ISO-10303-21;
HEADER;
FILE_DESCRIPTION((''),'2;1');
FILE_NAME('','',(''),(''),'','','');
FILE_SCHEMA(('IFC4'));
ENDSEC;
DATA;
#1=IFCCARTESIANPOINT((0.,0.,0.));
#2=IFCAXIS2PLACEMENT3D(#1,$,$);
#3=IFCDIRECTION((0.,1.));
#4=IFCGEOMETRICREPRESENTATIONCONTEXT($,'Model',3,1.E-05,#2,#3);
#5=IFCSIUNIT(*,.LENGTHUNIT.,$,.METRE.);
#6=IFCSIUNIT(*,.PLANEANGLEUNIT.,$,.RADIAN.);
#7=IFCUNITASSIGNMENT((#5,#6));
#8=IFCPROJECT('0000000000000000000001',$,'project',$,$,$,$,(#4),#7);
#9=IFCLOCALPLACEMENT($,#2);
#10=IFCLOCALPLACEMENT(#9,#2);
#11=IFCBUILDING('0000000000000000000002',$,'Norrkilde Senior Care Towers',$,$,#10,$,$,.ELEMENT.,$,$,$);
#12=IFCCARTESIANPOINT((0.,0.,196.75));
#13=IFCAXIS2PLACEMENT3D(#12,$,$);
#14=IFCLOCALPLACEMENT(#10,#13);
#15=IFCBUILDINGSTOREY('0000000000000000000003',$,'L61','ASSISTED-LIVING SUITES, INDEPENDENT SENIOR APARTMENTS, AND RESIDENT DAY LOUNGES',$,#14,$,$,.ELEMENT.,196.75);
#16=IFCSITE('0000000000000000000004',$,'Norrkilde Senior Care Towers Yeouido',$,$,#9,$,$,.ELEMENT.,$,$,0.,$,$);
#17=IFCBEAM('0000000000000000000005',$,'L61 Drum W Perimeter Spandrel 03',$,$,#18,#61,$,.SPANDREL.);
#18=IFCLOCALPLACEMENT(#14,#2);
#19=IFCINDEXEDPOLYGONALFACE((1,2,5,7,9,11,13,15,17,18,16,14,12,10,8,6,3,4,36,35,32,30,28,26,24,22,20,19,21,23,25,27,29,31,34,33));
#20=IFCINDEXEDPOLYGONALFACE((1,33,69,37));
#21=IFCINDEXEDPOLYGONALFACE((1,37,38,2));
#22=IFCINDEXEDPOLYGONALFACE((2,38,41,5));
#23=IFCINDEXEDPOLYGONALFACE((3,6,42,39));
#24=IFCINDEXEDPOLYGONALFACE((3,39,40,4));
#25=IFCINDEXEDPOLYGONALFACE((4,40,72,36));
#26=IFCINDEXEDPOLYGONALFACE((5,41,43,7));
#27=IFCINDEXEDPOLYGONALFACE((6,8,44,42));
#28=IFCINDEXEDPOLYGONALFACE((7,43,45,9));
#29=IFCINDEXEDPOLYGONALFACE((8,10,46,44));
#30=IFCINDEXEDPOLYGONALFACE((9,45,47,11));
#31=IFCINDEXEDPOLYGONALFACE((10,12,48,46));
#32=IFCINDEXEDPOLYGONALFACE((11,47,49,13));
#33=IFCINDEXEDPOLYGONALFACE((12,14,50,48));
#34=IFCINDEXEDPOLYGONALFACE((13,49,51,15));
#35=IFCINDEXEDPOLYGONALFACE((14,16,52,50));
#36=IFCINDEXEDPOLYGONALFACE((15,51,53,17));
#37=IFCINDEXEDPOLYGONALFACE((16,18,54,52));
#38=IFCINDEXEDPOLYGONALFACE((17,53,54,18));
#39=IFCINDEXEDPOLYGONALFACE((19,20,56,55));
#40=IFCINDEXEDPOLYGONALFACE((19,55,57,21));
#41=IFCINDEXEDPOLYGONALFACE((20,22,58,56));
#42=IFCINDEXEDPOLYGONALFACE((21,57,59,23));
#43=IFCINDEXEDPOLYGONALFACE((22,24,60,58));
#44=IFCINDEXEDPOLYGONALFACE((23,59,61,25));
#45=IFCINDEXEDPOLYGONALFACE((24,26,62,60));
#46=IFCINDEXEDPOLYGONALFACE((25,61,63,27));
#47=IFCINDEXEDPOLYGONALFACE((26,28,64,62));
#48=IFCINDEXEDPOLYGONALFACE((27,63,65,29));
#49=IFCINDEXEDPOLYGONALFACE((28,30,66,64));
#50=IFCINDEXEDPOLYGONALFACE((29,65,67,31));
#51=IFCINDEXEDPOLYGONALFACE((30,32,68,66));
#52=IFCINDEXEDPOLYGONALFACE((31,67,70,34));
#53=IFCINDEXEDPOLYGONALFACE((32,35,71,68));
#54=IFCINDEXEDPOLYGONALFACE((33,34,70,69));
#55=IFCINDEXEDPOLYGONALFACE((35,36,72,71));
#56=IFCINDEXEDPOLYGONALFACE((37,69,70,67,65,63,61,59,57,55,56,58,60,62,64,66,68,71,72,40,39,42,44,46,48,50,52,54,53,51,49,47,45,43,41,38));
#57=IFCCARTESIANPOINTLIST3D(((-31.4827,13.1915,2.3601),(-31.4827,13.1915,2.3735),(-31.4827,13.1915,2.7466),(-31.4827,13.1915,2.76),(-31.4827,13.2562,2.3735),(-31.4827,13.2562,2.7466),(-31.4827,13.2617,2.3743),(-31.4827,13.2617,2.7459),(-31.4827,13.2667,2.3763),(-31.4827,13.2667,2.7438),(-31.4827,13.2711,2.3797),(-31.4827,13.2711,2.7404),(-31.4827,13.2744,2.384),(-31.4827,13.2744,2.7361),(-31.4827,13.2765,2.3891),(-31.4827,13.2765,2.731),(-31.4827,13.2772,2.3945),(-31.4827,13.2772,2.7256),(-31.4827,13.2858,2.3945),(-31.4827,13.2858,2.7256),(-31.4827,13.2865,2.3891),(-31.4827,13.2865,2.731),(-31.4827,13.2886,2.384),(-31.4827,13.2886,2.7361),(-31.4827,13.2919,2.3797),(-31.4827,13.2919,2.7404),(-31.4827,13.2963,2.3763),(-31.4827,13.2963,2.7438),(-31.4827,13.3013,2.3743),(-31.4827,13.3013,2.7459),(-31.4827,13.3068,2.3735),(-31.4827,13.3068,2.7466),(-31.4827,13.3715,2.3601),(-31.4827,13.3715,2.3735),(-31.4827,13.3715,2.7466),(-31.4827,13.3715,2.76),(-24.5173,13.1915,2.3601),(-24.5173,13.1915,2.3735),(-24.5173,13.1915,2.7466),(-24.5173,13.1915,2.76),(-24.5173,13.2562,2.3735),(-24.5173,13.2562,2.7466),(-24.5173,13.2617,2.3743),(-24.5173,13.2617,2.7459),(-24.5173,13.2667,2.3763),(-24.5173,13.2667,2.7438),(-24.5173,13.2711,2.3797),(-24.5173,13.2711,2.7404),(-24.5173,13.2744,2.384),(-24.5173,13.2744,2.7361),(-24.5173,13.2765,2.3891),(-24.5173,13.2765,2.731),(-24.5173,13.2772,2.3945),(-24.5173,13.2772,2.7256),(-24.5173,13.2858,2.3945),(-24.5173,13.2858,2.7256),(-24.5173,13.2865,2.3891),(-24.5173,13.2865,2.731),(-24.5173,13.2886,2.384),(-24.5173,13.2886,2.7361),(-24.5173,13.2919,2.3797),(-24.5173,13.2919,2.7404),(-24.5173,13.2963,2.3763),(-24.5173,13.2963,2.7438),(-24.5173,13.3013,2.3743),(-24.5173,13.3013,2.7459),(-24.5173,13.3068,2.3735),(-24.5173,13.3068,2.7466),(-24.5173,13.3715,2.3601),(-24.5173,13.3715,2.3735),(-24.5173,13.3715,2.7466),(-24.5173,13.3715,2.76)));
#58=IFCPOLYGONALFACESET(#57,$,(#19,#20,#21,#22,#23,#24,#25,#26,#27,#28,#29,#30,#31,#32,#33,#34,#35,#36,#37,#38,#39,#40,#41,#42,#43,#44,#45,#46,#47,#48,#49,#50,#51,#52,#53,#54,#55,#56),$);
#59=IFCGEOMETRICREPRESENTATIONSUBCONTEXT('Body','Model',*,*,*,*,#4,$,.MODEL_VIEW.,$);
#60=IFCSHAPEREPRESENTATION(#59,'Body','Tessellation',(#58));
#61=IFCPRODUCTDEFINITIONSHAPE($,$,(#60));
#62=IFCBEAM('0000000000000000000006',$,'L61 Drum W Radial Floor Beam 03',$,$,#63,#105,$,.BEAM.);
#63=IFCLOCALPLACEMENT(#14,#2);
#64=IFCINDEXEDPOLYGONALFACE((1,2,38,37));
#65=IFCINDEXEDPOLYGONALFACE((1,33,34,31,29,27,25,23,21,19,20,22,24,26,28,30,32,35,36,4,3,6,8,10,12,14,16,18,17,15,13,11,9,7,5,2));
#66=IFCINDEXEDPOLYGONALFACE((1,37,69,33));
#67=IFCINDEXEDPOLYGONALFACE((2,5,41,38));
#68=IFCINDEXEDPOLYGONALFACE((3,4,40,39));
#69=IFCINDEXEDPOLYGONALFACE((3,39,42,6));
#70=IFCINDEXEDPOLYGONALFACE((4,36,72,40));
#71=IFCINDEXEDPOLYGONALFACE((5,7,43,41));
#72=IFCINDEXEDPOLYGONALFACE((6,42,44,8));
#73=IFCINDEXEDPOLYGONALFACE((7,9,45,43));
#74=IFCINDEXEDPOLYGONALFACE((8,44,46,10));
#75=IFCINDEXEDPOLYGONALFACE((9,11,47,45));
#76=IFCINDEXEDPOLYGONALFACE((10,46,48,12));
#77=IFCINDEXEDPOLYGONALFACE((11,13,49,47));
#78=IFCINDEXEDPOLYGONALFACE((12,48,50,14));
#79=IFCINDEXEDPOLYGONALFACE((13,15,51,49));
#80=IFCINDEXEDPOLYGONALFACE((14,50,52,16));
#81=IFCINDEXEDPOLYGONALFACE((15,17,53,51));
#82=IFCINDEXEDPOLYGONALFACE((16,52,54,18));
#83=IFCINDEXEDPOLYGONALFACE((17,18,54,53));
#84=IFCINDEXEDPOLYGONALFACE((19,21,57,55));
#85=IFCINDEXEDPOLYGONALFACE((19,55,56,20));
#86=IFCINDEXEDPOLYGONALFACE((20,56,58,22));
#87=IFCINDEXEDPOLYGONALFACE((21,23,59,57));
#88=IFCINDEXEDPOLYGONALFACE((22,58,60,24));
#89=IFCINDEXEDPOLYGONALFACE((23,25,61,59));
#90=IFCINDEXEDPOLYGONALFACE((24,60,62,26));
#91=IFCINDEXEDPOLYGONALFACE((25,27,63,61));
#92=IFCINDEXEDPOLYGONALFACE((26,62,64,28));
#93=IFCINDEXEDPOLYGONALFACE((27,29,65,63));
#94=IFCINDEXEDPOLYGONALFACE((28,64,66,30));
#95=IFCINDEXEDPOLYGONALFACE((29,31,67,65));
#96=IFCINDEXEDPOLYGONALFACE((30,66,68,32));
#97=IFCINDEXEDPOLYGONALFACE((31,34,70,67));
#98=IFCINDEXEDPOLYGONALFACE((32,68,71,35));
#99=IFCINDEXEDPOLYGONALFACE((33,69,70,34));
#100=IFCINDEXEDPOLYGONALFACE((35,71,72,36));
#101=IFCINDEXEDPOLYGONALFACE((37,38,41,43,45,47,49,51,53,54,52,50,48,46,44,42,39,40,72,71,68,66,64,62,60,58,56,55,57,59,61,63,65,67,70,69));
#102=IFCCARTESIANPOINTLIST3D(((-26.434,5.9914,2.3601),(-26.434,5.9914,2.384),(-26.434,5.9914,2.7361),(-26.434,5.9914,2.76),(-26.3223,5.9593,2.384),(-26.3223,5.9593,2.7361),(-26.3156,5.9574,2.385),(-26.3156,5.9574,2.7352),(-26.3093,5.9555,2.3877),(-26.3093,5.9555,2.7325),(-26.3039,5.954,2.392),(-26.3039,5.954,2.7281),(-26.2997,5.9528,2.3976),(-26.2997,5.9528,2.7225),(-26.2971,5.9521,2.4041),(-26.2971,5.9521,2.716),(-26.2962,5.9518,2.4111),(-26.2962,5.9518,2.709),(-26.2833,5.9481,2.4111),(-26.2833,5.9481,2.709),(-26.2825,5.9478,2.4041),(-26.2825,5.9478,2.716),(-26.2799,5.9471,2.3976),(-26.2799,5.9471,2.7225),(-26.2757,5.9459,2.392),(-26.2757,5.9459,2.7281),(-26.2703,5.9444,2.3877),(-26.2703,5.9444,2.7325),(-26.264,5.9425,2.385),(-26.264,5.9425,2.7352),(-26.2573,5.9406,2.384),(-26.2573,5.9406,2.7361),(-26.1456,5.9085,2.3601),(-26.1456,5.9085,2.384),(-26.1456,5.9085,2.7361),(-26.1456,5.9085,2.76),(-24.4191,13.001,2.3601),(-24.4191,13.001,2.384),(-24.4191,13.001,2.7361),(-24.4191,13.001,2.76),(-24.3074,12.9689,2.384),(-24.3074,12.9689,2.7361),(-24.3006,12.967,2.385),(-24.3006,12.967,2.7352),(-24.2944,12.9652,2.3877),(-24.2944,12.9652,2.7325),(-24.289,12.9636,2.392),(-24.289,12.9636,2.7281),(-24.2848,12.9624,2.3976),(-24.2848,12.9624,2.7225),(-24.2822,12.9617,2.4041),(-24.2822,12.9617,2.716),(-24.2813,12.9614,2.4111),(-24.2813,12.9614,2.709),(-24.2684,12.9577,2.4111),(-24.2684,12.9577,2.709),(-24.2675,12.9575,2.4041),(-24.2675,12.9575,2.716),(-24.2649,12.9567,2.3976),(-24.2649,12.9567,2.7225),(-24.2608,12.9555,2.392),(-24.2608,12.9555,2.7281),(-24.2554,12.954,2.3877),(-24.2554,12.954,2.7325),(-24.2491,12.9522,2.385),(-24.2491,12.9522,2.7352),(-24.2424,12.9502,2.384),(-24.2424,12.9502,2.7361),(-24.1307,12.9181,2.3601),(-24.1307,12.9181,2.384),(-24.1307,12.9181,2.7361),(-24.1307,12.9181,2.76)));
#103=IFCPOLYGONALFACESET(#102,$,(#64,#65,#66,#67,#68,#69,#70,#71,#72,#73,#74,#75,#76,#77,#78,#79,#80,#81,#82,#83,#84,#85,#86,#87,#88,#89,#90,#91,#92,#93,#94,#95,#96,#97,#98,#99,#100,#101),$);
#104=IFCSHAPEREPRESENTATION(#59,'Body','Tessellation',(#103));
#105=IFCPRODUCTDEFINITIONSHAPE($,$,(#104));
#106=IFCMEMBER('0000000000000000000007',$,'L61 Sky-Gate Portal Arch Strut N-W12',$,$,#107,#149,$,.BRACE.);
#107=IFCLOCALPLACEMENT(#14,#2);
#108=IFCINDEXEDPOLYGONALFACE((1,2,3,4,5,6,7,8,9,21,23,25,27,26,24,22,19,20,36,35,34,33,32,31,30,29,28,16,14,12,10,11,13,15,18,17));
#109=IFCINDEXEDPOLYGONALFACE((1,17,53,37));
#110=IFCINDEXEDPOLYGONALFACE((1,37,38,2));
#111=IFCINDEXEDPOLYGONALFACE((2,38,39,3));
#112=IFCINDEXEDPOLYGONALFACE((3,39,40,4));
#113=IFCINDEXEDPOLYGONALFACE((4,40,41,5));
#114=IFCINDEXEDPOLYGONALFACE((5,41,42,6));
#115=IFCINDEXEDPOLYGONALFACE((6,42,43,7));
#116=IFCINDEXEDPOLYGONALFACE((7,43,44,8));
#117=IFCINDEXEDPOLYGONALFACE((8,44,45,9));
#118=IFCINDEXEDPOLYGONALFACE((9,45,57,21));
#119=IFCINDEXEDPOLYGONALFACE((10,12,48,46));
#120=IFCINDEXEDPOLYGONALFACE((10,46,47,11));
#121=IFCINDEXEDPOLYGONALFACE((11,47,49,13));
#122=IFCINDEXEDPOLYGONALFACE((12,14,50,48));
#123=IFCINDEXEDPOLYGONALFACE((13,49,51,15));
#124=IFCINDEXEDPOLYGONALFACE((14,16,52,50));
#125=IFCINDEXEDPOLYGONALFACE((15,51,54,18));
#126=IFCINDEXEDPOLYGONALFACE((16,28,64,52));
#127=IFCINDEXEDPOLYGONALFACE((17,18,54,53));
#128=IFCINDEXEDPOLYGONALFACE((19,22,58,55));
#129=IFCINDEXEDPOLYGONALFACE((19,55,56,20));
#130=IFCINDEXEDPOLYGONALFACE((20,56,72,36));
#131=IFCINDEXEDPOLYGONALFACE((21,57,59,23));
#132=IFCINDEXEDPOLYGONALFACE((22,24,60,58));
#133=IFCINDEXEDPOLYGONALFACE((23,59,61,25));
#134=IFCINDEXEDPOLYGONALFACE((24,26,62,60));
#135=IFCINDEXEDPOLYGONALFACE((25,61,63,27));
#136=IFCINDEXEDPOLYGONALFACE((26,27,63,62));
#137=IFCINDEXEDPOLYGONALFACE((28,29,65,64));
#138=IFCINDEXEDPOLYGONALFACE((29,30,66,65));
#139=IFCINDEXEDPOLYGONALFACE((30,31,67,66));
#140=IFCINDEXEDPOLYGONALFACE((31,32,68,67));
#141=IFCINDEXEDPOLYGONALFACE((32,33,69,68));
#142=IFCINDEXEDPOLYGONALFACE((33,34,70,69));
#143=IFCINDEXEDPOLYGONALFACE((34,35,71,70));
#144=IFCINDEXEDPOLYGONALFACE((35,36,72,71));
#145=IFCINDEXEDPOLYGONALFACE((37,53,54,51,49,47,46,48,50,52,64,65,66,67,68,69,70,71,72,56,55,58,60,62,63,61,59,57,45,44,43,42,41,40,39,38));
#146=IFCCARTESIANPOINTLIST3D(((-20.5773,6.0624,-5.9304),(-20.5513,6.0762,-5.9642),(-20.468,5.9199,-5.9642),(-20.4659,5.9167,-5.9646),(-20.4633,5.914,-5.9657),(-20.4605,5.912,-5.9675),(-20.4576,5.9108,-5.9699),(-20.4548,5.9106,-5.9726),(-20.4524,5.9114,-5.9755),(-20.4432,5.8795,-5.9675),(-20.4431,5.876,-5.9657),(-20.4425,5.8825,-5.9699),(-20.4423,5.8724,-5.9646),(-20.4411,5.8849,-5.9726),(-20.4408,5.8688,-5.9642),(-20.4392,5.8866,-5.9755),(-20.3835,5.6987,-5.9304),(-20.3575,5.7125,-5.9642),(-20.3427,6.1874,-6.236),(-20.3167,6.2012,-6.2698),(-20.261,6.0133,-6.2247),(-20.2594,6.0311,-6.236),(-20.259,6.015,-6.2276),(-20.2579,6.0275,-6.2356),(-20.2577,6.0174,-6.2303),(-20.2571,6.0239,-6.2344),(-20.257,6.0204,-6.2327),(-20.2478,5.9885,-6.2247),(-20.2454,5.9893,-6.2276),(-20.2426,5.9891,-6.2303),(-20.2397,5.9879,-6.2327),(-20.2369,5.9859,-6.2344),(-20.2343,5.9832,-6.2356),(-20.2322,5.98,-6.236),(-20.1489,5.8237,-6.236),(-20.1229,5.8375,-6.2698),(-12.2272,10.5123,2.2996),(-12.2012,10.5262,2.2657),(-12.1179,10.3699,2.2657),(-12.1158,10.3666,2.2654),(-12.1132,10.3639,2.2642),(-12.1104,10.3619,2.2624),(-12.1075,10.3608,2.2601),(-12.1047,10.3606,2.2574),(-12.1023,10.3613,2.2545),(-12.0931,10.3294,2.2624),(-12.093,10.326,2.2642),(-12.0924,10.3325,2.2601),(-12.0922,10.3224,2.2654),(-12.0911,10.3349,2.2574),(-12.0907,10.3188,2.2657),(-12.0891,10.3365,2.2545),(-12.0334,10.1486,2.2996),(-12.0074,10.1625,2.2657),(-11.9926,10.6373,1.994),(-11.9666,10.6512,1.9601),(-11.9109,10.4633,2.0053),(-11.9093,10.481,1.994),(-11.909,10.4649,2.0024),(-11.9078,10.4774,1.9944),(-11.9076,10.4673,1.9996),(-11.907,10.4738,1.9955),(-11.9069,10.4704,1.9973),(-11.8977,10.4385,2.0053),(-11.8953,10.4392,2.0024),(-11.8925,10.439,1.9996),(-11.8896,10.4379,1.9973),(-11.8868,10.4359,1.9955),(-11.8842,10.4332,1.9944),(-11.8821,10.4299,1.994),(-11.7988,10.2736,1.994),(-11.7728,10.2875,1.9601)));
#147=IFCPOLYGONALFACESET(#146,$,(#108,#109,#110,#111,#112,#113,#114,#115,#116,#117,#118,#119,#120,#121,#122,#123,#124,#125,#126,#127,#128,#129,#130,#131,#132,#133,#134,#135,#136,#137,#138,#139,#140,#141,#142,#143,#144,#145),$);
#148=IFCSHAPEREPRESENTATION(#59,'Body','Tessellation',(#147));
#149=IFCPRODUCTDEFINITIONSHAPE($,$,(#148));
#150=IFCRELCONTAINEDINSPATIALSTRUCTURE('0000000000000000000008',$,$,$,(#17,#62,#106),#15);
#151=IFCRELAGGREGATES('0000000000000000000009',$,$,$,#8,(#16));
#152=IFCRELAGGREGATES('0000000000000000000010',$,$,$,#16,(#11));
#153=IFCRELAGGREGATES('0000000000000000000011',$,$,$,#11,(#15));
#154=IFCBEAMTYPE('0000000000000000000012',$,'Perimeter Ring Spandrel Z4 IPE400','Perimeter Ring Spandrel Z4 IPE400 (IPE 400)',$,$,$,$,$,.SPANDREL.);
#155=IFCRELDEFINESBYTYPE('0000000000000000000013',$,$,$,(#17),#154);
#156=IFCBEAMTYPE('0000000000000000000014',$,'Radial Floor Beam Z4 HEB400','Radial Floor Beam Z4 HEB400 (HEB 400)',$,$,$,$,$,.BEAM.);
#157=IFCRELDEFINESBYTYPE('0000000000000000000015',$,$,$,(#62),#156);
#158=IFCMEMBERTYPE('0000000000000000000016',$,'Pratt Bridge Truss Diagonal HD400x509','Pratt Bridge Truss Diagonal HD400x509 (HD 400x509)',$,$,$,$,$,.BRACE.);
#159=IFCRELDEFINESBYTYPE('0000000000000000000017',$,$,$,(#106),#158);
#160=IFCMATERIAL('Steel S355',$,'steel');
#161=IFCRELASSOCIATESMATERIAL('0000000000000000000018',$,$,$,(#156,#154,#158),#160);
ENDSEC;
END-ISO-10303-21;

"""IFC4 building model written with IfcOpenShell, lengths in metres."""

from ifc_helpers import new_model, si_unit, direction, frame, origin, origin_2d, place, context, subcontext, project, spatial, i_section, extrude, source, transform, mapped, material, material_profile, profile_set, type_object, type_shapes, element, save


model = new_model("IFC4")

# Units and contexts
model_context = context("Model", 3, precision=1e-05, world=origin(), true_north=direction((0.0, 1.0)))
body_context = subcontext(model_context, "Body", "Model", "MODEL_VIEW")
ifc_project = project(units=[si_unit("LENGTHUNIT", "METRE"), si_unit("PLANEANGLEUNIT", "RADIAN")], contexts=[model_context])

# Site, building, storey
site_placement = place(None, origin())
site = spatial("IfcSite", under=ifc_project, at=site_placement, Name="Norrkilde Senior Care Towers Yeouido", CompositionType="ELEMENT", RefElevation=0.0)
building_placement = place(site_placement, origin())
building = spatial("IfcBuilding", under=site, at=building_placement, Name="Norrkilde Senior Care Towers", CompositionType="ELEMENT")
storey_placement = place(building_placement, frame((0.0, 0.0, 196.75)))
storey = spatial("IfcBuildingStorey", under=building, at=storey_placement, Name="L61", Description="ASSISTED-LIVING SUITES, INDEPENDENT SENIOR APARTMENTS, AND RESIDENT DAY LOUNGES", CompositionType="ELEMENT", Elevation=196.75)

# Beams
ifc_material_1 = material(Name="Steel S355", Category="steel")
ifc_material_profile_1 = material_profile(ifc_material_1, i_section(OverallWidth=0.3, OverallDepth=0.3999, WebThickness=0.0134, FlangeThickness=0.0239, FilletRadius=0.0271, at=origin_2d()), Name="HEB 400")
ifc_profile_set_1 = profile_set([ifc_material_profile_1], Name="Steel S355")
beam_type_1 = type_object("IfcBeamType", Name="Radial Floor Beam Z4 HEB400", Description="Radial Floor Beam Z4 HEB400 (HEB 400)", PredefinedType="BEAM", material=ifc_profile_set_1)
ifc_material_profile_2 = material_profile(ifc_material_1, i_section(OverallWidth=0.1799, OverallDepth=0.3999, WebThickness=0.0085, FlangeThickness=0.0134, FilletRadius=0.021, at=origin_2d()), Name="IPE 400")
ifc_profile_set_2 = profile_set([ifc_material_profile_2], Name="Steel S355")
beam_type_2 = type_object("IfcBeamType", Name="Perimeter Ring Spandrel Z4 IPE400", Description="Perimeter Ring Spandrel Z4 IPE400 (IPE 400)", PredefinedType="SPANDREL", material=ifc_profile_set_2)
shared_shape_1 = source(origin(), body_context, "Body", "SweptSolid", [
    extrude(i_section(OverallWidth=0.1799, OverallDepth=0.3999, WebThickness=0.0085, FlangeThickness=0.0134, FilletRadius=0.021, at=origin_2d()), origin(), (0.0, 0.0, 1.0), 6.9653),
])
type_shapes(beam_type_2, [shared_shape_1])
beam_1_placement = place(storey_placement, frame((-24.5173, 13.2815, 2.5601), z_axis=(-1.0, 0.0, 0.0), x_axis=(0.0, -1.0, 0.0)))
element("IfcBeam", 1, at=beam_1_placement, inside=storey, type_object=beam_type_2, Name="L61 Drum W Perimeter Spandrel 03", PredefinedType="SPANDREL", context=body_context, shape_type="MappedRepresentation", body=[
    mapped(shared_shape_1, transform((0.0, 0.0, 0.0), x_axis=(1.0, 0.0, 0.0), y_axis=(0.0, 1.0, 0.0), z_axis=(0.0, 0.0, 1.0), scale=1.0)),
])
shared_shape_2 = source(origin(), body_context, "Body", "SweptSolid", [
    extrude(i_section(OverallWidth=0.3, OverallDepth=0.3999, WebThickness=0.0134, FlangeThickness=0.0239, FilletRadius=0.0271, at=origin_2d()), origin(), (0.0, 0.0, 1.0), 7.2935),
])
beam_2_placement = place(storey_placement, frame((-26.2898, 5.95, 2.5601), z_axis=(0.276264, 0.961082, 0.0), x_axis=(-0.961082, 0.276264, 0.0)))
element("IfcBeam", 2, at=beam_2_placement, inside=storey, type_object=beam_type_1, Name="L61 Drum W Radial Floor Beam 03", PredefinedType="BEAM", context=body_context, shape_type="MappedRepresentation", body=[
    mapped(shared_shape_2, transform((0.0, 0.0, 0.0), x_axis=(1.0, 0.0, 0.0), y_axis=(0.0, 1.0, 0.0), z_axis=(0.0, 0.0, 1.0), scale=1.0)),
])

# Member
ifc_material_profile_3 = material_profile(ifc_material_1, i_section(OverallWidth=0.4121, OverallDepth=0.45, WebThickness=0.0281, FlangeThickness=0.0449, FilletRadius=0.0149, at=origin_2d()), Name="HD 400x509")
ifc_profile_set_3 = profile_set([ifc_material_profile_3], Name="Steel S355")
member_type_1 = type_object("IfcMemberType", Name="Pratt Bridge Truss Diagonal HD400x509", Description="Pratt Bridge Truss Diagonal HD400x509 (HD 400x509)", PredefinedType="BRACE", material=ifc_profile_set_3)
shared_shape_3 = source(origin(), body_context, "Body", "SweptSolid", [
    extrude(i_section(OverallWidth=0.4121, OverallDepth=0.45, WebThickness=0.0281, FlangeThickness=0.0449, FilletRadius=0.0149, at=origin_2d()), origin(), (0.0, 0.0, 1.0), 12.5403),
])
member_1_placement = place(storey_placement, frame((-20.3501, 5.95, -6.1001), z_axis=(0.665862, 0.354852, 0.656283), x_axis=(-0.470306, 0.882504, 0.0)))
element("IfcMember", 3, at=member_1_placement, inside=storey, type_object=member_type_1, Name="L61 Sky-Gate Portal Arch Strut N-W12", PredefinedType="BRACE", context=body_context, shape_type="MappedRepresentation", body=[
    mapped(shared_shape_3, transform((0.0, 0.0, 0.0), x_axis=(1.0, 0.0, 0.0), y_axis=(0.0, 1.0, 0.0), z_axis=(0.0, 0.0, 1.0), scale=1.0)),
])

save(model, "model.ifc")
